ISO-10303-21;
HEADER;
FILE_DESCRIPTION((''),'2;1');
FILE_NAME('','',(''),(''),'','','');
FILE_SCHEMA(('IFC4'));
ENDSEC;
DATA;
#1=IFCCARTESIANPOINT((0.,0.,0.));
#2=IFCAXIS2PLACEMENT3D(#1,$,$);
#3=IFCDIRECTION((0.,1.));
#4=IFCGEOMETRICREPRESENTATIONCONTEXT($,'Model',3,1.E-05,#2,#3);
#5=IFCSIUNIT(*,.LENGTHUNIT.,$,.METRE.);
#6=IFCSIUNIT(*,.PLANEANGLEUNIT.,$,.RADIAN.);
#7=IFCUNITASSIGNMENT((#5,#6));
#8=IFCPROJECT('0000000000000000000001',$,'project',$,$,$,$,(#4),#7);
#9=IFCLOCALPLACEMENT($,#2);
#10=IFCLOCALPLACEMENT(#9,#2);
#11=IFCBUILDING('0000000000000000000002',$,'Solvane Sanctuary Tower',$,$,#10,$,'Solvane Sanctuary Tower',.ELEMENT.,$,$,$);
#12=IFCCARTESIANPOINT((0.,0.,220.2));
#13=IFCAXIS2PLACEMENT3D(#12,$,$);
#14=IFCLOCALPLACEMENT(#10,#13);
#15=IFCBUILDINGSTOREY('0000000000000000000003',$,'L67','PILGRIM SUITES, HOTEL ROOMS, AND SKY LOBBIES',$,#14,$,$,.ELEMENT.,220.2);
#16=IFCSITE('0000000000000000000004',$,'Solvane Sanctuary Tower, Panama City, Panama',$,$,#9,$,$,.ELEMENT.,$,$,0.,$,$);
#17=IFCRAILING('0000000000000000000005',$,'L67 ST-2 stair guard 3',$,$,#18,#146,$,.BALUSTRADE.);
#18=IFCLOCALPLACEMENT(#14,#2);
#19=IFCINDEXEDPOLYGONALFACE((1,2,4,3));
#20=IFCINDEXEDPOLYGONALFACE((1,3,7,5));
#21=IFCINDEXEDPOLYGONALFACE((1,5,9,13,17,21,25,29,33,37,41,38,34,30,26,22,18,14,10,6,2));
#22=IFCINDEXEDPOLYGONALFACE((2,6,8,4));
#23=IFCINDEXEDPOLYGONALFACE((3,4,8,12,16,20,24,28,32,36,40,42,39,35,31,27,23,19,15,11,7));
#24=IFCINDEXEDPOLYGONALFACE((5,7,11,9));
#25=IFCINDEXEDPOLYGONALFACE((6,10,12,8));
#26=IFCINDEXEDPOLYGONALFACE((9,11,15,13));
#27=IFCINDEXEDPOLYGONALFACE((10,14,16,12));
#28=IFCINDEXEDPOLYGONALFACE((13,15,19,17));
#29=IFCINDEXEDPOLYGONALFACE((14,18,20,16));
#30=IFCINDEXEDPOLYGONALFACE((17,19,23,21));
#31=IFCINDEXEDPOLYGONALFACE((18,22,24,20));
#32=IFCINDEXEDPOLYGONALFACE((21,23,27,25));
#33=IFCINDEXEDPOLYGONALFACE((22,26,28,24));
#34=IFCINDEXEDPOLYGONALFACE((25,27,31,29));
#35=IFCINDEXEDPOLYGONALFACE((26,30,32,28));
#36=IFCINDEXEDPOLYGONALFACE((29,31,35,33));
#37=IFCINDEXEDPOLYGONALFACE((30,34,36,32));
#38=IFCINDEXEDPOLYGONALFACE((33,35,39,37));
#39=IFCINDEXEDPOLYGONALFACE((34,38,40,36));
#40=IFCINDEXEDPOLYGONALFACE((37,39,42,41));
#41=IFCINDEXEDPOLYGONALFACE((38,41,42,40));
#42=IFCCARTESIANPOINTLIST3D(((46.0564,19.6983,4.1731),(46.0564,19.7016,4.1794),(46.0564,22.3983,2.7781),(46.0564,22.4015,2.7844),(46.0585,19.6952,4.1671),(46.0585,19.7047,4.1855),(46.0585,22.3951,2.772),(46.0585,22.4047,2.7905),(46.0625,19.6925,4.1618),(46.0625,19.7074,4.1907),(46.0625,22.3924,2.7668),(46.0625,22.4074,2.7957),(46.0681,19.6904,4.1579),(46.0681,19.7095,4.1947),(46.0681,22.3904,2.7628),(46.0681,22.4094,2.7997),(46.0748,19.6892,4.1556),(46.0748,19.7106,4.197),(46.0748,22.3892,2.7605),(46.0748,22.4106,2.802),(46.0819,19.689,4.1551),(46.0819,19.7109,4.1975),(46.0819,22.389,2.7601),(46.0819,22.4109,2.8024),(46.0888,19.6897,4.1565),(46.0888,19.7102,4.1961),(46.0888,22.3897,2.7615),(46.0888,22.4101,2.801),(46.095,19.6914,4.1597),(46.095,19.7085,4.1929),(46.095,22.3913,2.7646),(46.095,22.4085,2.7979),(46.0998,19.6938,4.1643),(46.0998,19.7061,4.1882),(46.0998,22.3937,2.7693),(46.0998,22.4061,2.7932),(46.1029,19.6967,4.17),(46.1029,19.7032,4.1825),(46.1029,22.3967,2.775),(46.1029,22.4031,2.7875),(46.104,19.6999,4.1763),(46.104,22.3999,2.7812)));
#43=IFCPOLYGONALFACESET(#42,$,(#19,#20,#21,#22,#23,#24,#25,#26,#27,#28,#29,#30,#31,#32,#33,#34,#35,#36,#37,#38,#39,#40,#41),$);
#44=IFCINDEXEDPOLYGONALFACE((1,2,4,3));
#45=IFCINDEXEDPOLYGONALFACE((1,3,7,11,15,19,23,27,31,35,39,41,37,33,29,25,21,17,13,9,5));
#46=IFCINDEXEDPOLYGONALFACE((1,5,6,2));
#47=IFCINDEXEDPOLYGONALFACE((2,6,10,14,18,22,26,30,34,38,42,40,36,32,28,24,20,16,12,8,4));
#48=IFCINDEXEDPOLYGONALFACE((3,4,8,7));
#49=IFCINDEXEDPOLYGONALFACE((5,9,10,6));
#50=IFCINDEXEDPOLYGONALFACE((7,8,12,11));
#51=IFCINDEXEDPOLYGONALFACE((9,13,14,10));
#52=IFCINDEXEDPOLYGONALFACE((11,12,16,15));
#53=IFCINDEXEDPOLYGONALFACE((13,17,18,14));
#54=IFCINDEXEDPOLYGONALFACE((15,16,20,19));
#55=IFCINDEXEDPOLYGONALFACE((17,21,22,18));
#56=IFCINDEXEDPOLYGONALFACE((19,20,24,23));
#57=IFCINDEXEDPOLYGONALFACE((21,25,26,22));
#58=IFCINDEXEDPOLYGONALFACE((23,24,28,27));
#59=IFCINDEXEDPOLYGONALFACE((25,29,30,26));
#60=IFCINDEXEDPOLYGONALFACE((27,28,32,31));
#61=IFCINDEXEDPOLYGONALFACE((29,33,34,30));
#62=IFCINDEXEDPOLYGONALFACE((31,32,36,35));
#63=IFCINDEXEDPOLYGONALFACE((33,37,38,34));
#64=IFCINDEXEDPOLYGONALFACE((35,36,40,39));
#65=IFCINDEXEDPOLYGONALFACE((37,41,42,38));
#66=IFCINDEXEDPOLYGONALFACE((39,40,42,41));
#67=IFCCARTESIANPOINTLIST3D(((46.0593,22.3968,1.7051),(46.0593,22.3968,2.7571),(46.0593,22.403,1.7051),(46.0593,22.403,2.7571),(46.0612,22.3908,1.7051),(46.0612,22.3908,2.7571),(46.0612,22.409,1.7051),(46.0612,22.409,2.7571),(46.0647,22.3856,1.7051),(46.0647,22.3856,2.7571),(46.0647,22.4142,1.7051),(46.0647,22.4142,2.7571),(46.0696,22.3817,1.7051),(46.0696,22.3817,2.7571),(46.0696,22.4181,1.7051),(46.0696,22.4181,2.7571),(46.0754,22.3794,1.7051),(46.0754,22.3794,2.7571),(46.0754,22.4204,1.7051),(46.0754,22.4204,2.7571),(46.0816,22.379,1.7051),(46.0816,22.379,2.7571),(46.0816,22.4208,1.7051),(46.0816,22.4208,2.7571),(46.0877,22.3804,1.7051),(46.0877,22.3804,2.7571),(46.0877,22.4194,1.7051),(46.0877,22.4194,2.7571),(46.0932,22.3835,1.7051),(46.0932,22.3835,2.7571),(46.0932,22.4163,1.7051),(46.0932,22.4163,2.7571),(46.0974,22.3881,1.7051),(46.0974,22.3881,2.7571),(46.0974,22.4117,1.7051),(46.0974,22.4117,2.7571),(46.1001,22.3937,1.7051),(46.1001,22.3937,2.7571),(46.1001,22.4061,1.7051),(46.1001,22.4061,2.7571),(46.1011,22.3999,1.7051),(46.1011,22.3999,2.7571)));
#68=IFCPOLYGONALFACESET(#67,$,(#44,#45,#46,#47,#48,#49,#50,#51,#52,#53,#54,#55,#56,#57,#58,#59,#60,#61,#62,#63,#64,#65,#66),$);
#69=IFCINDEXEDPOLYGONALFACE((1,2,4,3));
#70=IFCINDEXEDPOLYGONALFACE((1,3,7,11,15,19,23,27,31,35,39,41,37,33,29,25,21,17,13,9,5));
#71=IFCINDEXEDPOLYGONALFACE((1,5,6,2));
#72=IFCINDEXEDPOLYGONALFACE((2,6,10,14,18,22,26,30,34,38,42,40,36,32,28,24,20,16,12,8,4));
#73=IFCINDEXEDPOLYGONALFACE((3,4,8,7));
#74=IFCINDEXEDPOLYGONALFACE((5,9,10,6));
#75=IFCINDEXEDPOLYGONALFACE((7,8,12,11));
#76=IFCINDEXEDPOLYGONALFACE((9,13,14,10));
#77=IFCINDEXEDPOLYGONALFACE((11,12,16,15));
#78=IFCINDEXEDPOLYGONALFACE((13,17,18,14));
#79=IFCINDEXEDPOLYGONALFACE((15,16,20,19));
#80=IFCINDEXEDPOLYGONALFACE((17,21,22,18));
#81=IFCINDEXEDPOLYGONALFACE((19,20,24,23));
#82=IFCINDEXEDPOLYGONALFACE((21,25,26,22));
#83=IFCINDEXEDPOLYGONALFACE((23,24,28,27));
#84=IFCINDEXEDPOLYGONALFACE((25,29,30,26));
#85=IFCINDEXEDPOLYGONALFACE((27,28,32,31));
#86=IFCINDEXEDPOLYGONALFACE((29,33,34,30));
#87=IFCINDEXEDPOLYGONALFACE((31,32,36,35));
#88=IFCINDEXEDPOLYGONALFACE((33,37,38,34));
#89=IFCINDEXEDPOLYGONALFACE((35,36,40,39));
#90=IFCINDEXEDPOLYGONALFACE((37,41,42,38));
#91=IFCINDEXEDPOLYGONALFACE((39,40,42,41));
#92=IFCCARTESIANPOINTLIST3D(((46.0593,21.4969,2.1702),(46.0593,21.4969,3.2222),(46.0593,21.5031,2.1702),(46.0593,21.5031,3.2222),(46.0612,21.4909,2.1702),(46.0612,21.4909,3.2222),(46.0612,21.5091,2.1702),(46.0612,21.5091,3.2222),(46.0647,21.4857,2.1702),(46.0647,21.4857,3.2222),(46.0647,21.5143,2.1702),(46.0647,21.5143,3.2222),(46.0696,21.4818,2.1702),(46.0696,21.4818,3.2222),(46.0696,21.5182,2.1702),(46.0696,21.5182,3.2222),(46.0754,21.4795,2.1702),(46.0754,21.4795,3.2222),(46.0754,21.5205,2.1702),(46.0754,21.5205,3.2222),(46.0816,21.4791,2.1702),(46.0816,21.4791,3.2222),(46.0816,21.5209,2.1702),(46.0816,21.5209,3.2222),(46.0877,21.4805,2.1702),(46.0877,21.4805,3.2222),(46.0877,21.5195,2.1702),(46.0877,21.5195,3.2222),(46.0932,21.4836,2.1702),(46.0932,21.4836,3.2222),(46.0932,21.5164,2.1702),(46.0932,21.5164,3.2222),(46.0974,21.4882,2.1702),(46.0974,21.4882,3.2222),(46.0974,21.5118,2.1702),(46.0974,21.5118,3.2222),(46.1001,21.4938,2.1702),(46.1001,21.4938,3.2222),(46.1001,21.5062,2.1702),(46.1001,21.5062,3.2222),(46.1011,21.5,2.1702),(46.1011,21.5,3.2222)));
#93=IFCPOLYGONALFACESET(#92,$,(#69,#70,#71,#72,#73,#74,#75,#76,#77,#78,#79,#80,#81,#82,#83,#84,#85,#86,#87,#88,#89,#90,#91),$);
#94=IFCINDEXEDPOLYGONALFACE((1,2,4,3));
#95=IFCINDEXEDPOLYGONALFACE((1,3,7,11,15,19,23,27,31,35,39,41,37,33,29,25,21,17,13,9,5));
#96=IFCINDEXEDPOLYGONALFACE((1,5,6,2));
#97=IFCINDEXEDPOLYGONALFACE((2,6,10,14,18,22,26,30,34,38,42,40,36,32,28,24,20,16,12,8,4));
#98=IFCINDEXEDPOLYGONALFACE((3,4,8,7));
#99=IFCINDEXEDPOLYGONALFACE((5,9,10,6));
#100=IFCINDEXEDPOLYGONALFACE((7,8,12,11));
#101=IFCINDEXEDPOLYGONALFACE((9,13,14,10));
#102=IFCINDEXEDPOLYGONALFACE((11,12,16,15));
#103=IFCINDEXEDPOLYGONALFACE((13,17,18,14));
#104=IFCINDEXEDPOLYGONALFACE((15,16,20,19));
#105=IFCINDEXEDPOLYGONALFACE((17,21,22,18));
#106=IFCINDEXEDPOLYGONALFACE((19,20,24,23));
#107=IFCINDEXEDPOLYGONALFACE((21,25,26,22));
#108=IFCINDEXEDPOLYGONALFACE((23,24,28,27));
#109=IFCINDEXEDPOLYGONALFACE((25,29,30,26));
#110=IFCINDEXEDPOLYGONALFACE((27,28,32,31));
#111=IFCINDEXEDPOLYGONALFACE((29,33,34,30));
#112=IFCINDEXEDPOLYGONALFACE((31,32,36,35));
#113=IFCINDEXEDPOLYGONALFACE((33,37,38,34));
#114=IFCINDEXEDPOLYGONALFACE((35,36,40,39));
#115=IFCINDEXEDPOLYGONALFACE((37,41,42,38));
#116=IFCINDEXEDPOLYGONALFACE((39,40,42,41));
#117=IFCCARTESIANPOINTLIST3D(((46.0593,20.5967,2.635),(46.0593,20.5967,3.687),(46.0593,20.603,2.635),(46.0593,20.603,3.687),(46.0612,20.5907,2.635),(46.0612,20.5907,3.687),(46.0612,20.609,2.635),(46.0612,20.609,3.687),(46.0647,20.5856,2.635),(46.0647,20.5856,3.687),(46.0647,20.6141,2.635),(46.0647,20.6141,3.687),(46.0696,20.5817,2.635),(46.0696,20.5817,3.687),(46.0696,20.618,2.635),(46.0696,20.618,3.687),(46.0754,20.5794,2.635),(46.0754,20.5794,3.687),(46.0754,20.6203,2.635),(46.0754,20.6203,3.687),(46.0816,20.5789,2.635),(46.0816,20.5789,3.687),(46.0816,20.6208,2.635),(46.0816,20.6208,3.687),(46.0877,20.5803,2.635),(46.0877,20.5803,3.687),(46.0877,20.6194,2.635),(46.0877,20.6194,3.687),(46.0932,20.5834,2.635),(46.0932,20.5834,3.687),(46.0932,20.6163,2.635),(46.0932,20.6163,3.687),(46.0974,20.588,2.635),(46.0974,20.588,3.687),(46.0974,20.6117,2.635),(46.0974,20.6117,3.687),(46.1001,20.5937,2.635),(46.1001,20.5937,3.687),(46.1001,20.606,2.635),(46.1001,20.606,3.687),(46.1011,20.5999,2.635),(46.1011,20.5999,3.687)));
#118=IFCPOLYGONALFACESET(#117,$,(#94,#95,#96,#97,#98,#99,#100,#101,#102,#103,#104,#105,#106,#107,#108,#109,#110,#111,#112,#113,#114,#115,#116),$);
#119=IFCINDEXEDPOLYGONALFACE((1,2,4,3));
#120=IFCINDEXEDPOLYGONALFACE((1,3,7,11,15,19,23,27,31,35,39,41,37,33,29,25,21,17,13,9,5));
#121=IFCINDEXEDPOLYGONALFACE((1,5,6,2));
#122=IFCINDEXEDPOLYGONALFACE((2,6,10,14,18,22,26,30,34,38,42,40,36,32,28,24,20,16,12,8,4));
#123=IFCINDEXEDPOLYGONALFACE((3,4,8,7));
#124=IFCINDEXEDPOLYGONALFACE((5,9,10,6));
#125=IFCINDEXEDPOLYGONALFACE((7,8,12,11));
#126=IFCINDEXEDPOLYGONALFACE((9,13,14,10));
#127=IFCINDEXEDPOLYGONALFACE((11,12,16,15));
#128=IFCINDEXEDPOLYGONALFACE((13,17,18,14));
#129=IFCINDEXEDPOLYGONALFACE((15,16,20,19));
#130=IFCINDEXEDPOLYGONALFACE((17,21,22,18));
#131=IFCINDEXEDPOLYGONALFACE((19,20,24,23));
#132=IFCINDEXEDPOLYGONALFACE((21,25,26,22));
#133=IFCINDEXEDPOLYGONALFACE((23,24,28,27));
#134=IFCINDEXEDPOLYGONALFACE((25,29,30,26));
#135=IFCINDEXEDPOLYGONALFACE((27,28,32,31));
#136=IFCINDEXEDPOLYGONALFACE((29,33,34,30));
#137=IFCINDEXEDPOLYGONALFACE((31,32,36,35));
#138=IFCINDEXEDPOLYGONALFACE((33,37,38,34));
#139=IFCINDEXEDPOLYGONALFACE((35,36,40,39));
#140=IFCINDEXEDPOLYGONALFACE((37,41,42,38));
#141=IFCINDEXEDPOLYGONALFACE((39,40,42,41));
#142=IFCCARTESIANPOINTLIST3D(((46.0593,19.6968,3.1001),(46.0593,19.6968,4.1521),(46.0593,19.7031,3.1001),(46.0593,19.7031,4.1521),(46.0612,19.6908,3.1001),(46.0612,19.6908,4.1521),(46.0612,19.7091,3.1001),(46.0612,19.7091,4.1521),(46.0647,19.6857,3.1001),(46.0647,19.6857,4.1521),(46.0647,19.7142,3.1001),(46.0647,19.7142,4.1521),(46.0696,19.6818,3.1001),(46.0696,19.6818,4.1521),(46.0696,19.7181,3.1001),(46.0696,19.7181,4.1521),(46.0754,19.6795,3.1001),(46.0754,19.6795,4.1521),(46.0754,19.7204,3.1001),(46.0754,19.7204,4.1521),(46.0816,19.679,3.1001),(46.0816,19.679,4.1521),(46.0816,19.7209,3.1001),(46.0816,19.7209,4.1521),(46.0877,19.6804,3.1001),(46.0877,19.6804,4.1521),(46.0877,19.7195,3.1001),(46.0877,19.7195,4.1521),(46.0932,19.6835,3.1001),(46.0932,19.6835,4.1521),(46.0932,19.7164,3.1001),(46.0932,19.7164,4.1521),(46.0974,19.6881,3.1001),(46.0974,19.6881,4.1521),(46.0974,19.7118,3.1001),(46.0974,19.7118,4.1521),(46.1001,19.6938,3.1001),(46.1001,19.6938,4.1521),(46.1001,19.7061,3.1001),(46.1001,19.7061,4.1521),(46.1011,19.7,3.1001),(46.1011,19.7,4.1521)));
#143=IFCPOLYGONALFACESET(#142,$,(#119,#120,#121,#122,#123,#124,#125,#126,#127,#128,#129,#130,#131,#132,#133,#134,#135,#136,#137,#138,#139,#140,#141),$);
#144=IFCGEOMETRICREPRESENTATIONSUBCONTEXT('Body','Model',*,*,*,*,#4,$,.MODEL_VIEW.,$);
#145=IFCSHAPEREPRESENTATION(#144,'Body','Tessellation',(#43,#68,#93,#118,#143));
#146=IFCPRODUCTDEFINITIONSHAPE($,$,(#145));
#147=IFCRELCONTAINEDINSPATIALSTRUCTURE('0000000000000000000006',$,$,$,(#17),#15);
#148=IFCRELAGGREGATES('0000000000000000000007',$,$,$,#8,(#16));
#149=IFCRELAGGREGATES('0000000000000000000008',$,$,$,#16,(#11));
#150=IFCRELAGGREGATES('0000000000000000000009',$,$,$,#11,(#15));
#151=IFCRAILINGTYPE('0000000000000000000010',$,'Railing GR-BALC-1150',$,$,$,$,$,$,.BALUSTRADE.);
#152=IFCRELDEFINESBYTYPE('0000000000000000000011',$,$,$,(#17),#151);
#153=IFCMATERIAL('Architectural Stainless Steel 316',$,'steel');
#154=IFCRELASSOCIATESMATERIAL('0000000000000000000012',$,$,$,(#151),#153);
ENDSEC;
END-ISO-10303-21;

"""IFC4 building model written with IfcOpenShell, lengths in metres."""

from ifc_helpers import new_model, si_unit, direction, frame, origin, origin_2d, place, context, subcontext, project, spatial, circle, extrude, material, type_object, element, save


model = new_model("IFC4")

# Units and contexts
model_context = context("Model", 3, precision=1e-05, world=origin(), true_north=direction((0.0, 1.0)))
body_context = subcontext(model_context, "Body", "Model", "MODEL_VIEW")
ifc_project = project(units=[si_unit("LENGTHUNIT", "METRE"), si_unit("PLANEANGLEUNIT", "RADIAN")], contexts=[model_context])

# Site, building, storey
site_placement = place(None, origin())
site = spatial("IfcSite", under=ifc_project, at=site_placement, Name="Solvane Sanctuary Tower, Panama City, Panama", CompositionType="ELEMENT", RefElevation=0.0)
building_placement = place(site_placement, origin())
building = spatial("IfcBuilding", under=site, at=building_placement, Name="Solvane Sanctuary Tower", LongName="Solvane Sanctuary Tower", CompositionType="ELEMENT")
storey_placement = place(building_placement, frame((0.0, 0.0, 220.2)))
storey = spatial("IfcBuildingStorey", under=building, at=storey_placement, Name="L67", Description="PILGRIM SUITES, HOTEL ROOMS, AND SKY LOBBIES", CompositionType="ELEMENT", Elevation=220.2)

# Shared definitions
ifc_material_1 = material(Name="Architectural Stainless Steel 316", Category="steel")

# Railing
railing_type = type_object("IfcRailingType", Name="Railing GR-BALC-1150", PredefinedType="BALUSTRADE", material=ifc_material_1)
railing_1_placement = place(storey_placement, frame((46.0801, 22.3999, 1.7051)))
element("IfcRailing", 1, at=railing_1_placement, inside=storey, type_object=railing_type, Name="L67 ST-2 stair guard 3", PredefinedType="BALUSTRADE", context=body_context, shape_type="SweptSolid", body=[
    extrude(circle(Radius=0.0239, at=origin_2d()), frame((0.0, 0.0, 1.0762), z_axis=(0.0, -0.88842, 0.459032), x_axis=(1.0, 0.0, 0.0)), (0.0, 0.0, 1.0), 3.0391),
    extrude(circle(Radius=0.021, at=origin_2d()), origin(), (0.0, 0.0, 1.0), 1.052),
    extrude(circle(Radius=0.021, at=origin_2d()), frame((0.0, -0.8999, 0.4651)), (0.0, 0.0, 1.0), 1.052),
    extrude(circle(Radius=0.021, at=origin_2d()), frame((0.0, -1.8, 0.9299)), (0.0, 0.0, 1.0), 1.052),
    extrude(circle(Radius=0.021, at=origin_2d()), frame((0.0, -2.7, 1.395)), (0.0, 0.0, 1.0), 1.052),
])

save(model, "model.ifc")
